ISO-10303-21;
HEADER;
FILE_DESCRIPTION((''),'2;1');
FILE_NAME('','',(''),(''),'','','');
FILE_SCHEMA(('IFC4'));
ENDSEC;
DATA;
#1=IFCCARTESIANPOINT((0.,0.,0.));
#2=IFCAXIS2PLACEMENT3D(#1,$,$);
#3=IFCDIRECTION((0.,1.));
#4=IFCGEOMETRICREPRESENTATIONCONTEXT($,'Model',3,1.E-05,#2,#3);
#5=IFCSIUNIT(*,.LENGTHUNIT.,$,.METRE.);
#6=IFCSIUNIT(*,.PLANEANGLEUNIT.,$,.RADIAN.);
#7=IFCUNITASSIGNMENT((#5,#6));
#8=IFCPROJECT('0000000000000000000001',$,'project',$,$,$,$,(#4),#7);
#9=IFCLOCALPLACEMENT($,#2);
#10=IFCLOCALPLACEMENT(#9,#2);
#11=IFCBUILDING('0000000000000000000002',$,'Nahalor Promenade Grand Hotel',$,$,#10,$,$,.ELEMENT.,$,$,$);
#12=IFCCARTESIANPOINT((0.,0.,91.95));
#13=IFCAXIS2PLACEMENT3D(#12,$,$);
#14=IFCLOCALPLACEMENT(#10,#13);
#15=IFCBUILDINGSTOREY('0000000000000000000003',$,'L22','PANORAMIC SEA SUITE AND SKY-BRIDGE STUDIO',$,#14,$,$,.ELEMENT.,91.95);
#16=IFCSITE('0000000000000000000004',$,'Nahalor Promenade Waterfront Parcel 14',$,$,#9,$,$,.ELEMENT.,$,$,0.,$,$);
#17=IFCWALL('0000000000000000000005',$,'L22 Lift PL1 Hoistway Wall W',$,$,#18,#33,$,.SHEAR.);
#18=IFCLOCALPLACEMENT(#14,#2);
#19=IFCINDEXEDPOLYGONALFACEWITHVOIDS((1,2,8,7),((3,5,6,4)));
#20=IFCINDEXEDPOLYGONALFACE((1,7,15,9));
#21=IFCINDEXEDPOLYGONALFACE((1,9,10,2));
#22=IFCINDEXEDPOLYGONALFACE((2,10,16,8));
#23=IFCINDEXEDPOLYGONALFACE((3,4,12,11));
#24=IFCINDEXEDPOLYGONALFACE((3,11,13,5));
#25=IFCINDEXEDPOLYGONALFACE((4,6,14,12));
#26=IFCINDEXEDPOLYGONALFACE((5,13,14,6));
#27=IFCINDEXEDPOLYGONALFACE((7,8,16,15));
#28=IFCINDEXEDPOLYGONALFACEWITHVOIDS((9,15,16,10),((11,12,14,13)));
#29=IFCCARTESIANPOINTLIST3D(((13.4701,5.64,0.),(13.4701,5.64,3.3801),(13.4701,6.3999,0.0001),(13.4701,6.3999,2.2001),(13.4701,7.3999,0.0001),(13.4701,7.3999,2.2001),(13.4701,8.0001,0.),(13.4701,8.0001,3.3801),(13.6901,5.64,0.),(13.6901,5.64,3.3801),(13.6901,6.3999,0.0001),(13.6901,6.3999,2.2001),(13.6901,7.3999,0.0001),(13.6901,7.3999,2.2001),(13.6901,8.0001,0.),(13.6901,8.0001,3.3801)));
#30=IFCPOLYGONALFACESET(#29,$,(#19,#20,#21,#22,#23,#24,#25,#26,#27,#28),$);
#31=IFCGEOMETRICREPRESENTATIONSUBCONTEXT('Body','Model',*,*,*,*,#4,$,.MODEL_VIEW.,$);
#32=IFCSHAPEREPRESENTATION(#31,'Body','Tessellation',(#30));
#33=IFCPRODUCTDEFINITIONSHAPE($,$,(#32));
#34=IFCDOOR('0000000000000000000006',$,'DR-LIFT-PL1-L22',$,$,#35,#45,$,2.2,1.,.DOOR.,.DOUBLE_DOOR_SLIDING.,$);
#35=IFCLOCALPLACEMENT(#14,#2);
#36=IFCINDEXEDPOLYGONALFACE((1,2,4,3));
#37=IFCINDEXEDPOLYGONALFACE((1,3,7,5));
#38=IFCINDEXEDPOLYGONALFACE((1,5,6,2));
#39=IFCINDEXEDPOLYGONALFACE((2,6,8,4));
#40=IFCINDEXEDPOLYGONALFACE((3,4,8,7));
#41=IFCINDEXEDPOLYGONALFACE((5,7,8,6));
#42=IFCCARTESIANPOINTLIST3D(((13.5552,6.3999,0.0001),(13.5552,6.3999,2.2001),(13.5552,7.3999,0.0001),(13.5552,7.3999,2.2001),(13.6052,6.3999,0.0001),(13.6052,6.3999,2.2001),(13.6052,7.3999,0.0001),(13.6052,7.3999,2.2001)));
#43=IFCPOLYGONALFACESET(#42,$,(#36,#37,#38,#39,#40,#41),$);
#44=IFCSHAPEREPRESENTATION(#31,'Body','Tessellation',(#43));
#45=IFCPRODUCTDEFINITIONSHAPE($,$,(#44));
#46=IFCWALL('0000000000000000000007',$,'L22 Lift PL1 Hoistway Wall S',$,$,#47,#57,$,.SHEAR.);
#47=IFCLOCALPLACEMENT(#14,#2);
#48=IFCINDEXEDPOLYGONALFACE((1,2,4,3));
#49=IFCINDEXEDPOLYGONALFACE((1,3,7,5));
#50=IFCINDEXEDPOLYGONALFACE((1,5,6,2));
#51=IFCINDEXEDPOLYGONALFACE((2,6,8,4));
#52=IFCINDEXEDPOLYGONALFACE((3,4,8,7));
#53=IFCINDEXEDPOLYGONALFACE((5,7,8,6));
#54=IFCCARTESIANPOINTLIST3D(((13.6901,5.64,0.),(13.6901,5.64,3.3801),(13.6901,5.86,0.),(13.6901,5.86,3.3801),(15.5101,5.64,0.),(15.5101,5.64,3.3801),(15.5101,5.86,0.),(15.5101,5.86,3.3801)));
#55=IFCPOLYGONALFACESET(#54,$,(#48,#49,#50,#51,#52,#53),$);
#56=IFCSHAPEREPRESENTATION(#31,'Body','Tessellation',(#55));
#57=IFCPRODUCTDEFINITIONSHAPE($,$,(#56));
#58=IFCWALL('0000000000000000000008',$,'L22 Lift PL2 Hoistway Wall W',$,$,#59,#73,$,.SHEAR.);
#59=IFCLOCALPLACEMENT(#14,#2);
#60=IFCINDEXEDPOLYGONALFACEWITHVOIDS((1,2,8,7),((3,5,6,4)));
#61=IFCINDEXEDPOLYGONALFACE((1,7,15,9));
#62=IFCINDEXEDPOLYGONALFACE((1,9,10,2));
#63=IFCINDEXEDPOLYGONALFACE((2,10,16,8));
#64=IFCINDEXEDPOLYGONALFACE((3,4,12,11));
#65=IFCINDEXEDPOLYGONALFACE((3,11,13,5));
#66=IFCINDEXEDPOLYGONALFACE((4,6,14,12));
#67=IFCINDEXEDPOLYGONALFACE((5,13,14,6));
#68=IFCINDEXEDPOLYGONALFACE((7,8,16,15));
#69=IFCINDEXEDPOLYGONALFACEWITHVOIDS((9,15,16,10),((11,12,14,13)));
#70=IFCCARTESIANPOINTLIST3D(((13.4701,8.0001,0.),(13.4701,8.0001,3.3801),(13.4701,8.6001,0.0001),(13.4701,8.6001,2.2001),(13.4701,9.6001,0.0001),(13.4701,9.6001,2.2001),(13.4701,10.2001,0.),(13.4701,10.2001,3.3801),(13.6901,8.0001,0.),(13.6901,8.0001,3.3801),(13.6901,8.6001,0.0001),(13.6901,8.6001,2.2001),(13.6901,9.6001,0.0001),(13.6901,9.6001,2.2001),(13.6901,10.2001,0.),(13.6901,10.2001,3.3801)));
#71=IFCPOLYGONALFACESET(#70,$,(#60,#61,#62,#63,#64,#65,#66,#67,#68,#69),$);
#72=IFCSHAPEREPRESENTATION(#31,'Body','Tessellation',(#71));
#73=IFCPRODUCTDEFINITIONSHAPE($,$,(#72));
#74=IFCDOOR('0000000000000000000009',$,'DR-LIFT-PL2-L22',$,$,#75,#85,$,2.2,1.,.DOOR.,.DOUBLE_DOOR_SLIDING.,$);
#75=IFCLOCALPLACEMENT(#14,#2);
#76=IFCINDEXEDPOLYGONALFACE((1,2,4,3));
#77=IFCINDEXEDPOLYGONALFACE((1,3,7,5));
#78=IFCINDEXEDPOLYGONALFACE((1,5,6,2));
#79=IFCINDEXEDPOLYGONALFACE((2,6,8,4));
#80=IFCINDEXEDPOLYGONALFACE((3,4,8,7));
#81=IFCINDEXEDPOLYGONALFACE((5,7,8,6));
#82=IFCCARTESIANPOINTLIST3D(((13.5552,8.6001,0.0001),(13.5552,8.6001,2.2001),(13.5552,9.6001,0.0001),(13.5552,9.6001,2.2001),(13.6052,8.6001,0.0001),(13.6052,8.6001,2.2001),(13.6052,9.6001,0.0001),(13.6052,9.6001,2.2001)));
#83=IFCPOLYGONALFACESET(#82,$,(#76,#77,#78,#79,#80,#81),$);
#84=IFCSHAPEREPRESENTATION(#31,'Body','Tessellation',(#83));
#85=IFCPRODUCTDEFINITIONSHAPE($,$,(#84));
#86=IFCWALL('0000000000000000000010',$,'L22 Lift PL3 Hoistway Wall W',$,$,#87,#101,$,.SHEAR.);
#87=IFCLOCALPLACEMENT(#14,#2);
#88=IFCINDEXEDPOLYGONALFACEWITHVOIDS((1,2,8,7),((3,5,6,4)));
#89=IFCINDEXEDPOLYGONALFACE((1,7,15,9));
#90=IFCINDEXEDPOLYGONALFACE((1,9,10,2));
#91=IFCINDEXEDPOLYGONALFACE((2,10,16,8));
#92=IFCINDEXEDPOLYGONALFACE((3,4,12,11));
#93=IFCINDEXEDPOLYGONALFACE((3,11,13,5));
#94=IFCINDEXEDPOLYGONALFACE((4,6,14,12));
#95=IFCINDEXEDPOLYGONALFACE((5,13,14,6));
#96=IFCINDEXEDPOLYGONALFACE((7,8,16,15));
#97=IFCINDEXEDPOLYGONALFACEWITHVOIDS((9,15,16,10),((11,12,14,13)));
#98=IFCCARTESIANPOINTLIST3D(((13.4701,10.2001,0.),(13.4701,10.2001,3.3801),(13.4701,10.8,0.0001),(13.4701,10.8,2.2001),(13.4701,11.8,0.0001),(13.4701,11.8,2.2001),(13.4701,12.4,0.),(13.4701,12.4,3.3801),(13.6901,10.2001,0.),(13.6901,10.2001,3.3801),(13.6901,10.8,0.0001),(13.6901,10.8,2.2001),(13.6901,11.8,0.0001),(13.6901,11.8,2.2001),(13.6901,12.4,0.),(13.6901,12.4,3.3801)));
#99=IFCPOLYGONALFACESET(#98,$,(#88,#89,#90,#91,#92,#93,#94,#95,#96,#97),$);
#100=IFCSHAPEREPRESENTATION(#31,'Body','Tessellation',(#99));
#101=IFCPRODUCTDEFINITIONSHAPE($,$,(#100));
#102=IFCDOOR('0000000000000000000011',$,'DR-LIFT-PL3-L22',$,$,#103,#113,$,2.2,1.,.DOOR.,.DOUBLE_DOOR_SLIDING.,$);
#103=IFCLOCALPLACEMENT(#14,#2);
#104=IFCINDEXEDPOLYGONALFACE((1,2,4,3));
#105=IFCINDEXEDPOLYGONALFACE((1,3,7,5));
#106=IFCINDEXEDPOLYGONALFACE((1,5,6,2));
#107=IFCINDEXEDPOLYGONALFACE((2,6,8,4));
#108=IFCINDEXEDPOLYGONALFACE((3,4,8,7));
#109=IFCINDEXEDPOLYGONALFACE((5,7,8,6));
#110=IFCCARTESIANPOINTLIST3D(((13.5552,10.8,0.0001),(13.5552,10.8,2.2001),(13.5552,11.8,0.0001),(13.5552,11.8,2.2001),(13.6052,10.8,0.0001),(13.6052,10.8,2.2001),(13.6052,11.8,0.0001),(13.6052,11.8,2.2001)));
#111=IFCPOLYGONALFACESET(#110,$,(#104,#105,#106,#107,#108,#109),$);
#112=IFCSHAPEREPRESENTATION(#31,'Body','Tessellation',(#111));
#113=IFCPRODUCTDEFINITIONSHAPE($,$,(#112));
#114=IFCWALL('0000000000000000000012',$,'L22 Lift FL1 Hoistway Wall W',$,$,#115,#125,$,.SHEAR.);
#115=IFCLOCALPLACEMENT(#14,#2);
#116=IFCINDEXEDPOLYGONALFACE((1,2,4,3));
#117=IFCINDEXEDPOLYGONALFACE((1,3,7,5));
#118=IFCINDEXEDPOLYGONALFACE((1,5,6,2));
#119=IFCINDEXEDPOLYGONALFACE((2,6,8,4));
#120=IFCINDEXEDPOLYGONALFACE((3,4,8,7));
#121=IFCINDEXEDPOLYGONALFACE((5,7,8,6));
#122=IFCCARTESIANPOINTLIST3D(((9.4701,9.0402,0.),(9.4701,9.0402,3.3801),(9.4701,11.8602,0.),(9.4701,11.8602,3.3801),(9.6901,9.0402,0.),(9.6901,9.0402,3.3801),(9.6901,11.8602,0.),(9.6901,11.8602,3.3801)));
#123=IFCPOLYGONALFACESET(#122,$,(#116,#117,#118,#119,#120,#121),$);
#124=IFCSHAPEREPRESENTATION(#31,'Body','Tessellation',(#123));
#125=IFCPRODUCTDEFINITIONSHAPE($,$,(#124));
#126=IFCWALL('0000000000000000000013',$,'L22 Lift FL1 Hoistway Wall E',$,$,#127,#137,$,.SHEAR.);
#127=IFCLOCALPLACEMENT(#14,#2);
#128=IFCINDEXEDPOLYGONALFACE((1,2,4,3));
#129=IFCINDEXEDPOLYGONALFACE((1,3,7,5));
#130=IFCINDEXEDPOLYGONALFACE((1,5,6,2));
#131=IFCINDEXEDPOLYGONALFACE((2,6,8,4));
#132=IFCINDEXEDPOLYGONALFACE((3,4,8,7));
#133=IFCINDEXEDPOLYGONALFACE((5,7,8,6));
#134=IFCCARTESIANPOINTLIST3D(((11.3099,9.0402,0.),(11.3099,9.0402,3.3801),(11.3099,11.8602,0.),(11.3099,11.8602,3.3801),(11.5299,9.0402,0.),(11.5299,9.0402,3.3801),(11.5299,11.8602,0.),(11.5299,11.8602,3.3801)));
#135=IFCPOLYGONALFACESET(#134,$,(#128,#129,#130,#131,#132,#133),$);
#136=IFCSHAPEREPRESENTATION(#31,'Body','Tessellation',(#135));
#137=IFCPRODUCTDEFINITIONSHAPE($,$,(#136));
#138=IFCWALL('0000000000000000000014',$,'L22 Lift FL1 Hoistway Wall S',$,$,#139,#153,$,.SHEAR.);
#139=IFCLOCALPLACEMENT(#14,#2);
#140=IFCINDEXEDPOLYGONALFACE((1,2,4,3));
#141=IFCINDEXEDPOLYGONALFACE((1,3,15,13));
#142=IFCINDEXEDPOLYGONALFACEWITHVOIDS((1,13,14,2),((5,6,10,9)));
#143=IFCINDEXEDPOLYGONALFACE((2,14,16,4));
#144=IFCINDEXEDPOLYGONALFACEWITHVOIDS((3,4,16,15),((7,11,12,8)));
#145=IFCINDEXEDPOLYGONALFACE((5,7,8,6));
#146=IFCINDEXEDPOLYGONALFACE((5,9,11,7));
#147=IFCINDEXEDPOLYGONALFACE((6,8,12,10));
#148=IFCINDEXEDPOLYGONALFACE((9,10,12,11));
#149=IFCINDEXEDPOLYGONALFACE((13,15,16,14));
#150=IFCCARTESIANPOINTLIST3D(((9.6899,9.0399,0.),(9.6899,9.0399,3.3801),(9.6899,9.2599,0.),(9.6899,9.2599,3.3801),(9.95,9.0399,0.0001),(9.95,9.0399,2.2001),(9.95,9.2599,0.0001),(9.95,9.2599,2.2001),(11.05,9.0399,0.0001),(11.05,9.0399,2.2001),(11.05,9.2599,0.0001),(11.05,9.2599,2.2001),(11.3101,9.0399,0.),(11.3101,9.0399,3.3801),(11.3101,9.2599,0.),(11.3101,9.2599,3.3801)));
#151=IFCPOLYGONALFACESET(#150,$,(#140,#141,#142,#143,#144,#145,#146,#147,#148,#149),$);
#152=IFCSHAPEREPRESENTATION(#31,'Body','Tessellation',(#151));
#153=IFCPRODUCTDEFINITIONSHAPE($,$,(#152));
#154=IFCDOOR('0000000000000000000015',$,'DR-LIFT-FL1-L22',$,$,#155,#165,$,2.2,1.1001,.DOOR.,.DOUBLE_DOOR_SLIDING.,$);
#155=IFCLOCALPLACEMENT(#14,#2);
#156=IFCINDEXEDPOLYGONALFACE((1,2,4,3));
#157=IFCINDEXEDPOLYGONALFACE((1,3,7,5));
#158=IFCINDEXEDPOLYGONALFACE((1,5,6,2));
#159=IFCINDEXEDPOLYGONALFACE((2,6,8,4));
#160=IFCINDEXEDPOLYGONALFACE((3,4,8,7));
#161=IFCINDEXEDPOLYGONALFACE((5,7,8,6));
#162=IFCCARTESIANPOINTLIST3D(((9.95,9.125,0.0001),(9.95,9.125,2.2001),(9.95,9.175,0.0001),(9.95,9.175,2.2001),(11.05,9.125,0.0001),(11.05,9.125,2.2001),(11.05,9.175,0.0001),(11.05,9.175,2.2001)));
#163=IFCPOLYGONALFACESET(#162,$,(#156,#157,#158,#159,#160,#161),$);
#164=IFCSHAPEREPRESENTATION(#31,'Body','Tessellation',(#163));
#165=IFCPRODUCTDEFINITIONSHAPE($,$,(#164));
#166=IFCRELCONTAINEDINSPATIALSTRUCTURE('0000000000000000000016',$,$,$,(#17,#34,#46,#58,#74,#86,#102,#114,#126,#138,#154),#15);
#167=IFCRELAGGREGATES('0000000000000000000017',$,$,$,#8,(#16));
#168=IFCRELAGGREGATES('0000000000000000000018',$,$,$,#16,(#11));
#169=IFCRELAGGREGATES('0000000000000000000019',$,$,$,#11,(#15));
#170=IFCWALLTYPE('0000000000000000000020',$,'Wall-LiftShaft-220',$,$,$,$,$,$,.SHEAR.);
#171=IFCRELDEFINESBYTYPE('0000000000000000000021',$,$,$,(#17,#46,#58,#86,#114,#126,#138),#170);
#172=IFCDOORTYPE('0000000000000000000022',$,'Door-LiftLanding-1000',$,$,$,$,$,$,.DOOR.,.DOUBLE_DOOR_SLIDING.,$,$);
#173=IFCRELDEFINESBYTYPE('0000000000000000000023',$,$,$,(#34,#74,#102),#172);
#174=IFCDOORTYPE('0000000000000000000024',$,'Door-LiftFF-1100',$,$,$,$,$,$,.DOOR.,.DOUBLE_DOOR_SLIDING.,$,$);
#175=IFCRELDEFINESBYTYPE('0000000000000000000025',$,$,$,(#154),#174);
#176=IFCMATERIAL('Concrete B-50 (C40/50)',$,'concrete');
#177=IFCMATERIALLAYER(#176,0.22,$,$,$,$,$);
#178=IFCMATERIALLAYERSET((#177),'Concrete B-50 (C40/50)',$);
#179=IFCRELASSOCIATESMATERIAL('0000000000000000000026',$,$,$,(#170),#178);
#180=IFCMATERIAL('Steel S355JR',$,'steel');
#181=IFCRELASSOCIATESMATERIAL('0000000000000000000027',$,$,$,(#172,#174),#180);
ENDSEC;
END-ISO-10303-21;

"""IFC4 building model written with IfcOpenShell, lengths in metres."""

from ifc_helpers import new_model, si_unit, direction, frame, frame_2d, origin, place, context, subcontext, project, spatial, rectangle, extrude, source, transform, mapped, material, layer, layer_set, type_object, element, fill, save


model = new_model("IFC4")

# Units and contexts
model_context = context("Model", 3, precision=1e-05, world=origin(), true_north=direction((0.0, 1.0)))
body_context = subcontext(model_context, "Body", "Model", "MODEL_VIEW")
ifc_project = project(units=[si_unit("LENGTHUNIT", "METRE"), si_unit("PLANEANGLEUNIT", "RADIAN")], contexts=[model_context])

# Site, building, storey
site_placement = place(None, origin())
site = spatial("IfcSite", under=ifc_project, at=site_placement, Name="Nahalor Promenade Waterfront Parcel 14", CompositionType="ELEMENT", RefElevation=0.0)
building_placement = place(site_placement, origin())
building = spatial("IfcBuilding", under=site, at=building_placement, Name="Nahalor Promenade Grand Hotel", CompositionType="ELEMENT")
storey_placement = place(building_placement, frame((0.0, 0.0, 91.95)))
storey = spatial("IfcBuildingStorey", under=building, at=storey_placement, Name="L22", Description="PANORAMIC SEA SUITE AND SKY-BRIDGE STUDIO", CompositionType="ELEMENT", Elevation=91.95)

# Shared definitions
ifc_material_1 = material(Name="Steel S355JR", Category="steel")

# Shared definitions
ifc_material_2 = material(Name="Concrete B-50 (C40/50)", Category="concrete")

# Shared definitions
ifc_layer_1 = layer(ifc_material_2, 0.22)
ifc_layer_set_1 = layer_set([ifc_layer_1], Name="Concrete B-50 (C40/50)")
wall_type_1 = type_object("IfcWallType", Name="Wall-LiftShaft-220", PredefinedType="SHEAR", material=ifc_layer_set_1)

# Wall, opening, door
shared_shape_1 = source(origin(), body_context, "Body", "SweptSolid", [
    extrude(rectangle(XDim=2.3601, YDim=0.22, at=frame_2d((1.1802, 0.0))), origin(), (0.0, 0.0, 1.0), 3.3801),
])
wall_1_placement = place(storey_placement, frame((13.5801, 5.6399, 0.0), z_axis=(0.0, 0.0, 1.0), x_axis=(0.0, 1.0, 0.0)))
wall_1 = element("IfcWall", 1, at=wall_1_placement, inside=storey, type_object=wall_type_1, Name="L22 Lift PL1 Hoistway Wall W", PredefinedType="SHEAR", context=body_context, shape_type="MappedRepresentation", body=[
    mapped(shared_shape_1, transform((0.0, 0.0, 0.0), scale=1.0)),
])
opening_1_placement = place(wall_1_placement, frame((0.76, 0.0, 0.0)))
opening_1 = element("IfcOpeningElement", 2, at=opening_1_placement, cuts=wall_1, PredefinedType="OPENING", context=body_context, shape_type="SweptSolid", body=[
    extrude(rectangle(XDim=1.0, YDim=2.2, at=frame_2d((0.5, 1.1001))), frame((0.0, 0.1199, 0.0), z_axis=(0.0, -1.0, 0.0), x_axis=(1.0, 0.0, 0.0)), (0.0, 0.0, 1.0), 0.24),
])
door_type_1 = type_object("IfcDoorType", Name="Door-LiftLanding-1000", OperationType="DOUBLE_DOOR_SLIDING", PredefinedType="DOOR", material=ifc_material_1)
shared_shape_2 = source(origin(), body_context, "Body", "SweptSolid", [
    extrude(rectangle(XDim=1.0, YDim=2.2, at=frame_2d((0.5, 1.1001))), frame((0.0, 0.0249, 0.0), z_axis=(0.0, -1.0, 0.0), x_axis=(1.0, 0.0, 0.0)), (0.0, 0.0, 1.0), 0.05),
])
door_1_placement = place(opening_1_placement, origin())
door_1 = element("IfcDoor", 3, at=door_1_placement, inside=storey, type_object=door_type_1, Name="DR-LIFT-PL1-L22", OperationType="DOUBLE_DOOR_SLIDING", OverallHeight=2.2, OverallWidth=1.0, PredefinedType="DOOR", context=body_context, shape_type="MappedRepresentation", body=[
    mapped(shared_shape_2, transform((0.0, 0.0, 0.0), scale=1.0)),
])
fill(opening_1, door_1)

# Wall
shared_shape_3 = source(origin(), body_context, "Body", "SweptSolid", [
    extrude(rectangle(XDim=1.8201, YDim=0.22, at=frame_2d((0.9102, 0.0))), origin(), (0.0, 0.0, 1.0), 3.3801),
])
wall_2_placement = place(storey_placement, frame((13.6899, 5.75, 0.0), z_axis=(0.0, 0.0, 1.0), x_axis=(1.0, 0.0, 0.0)))
element("IfcWall", 4, at=wall_2_placement, inside=storey, type_object=wall_type_1, Name="L22 Lift PL1 Hoistway Wall S", PredefinedType="SHEAR", context=body_context, shape_type="MappedRepresentation", body=[
    mapped(shared_shape_3, transform((0.0, 0.0, 0.0), scale=1.0)),
])

# Walls, openings, doors
shared_shape_4 = source(origin(), body_context, "Body", "SweptSolid", [
    extrude(rectangle(XDim=2.2, YDim=0.22, at=frame_2d((1.1001, 0.0))), origin(), (0.0, 0.0, 1.0), 3.3801),
])
wall_3_placement = place(storey_placement, frame((13.5801, 8.0, 0.0), z_axis=(0.0, 0.0, 1.0), x_axis=(0.0, 1.0, 0.0)))
wall_3 = element("IfcWall", 5, at=wall_3_placement, inside=storey, type_object=wall_type_1, Name="L22 Lift PL2 Hoistway Wall W", PredefinedType="SHEAR", context=body_context, shape_type="MappedRepresentation", body=[
    mapped(shared_shape_4, transform((0.0, 0.0, 0.0), scale=1.0)),
])
opening_2_placement = place(wall_3_placement, frame((0.6001, 0.0, 0.0)))
opening_2 = element("IfcOpeningElement", 6, at=opening_2_placement, cuts=wall_3, PredefinedType="OPENING", context=body_context, shape_type="SweptSolid", body=[
    extrude(rectangle(XDim=1.0, YDim=2.2, at=frame_2d((0.5, 1.1001))), frame((0.0, 0.1199, 0.0), z_axis=(0.0, -1.0, 0.0), x_axis=(1.0, 0.0, 0.0)), (0.0, 0.0, 1.0), 0.24),
])
door_2_placement = place(opening_2_placement, origin())
door_2 = element("IfcDoor", 7, at=door_2_placement, inside=storey, type_object=door_type_1, Name="DR-LIFT-PL2-L22", OperationType="DOUBLE_DOOR_SLIDING", OverallHeight=2.2, OverallWidth=1.0, PredefinedType="DOOR", context=body_context, shape_type="MappedRepresentation", body=[
    mapped(shared_shape_2, transform((0.0, 0.0, 0.0), scale=1.0)),
])
fill(opening_2, door_2)
wall_4_placement = place(storey_placement, frame((13.5801, 10.2, 0.0), z_axis=(0.0, 0.0, 1.0), x_axis=(0.0, 1.0, 0.0)))
wall_4 = element("IfcWall", 8, at=wall_4_placement, inside=storey, type_object=wall_type_1, Name="L22 Lift PL3 Hoistway Wall W", PredefinedType="SHEAR", context=body_context, shape_type="MappedRepresentation", body=[
    mapped(shared_shape_4, transform((0.0, 0.0, 0.0), scale=1.0)),
])
opening_3_placement = place(wall_4_placement, frame((0.6001, 0.0, 0.0)))
opening_3 = element("IfcOpeningElement", 9, at=opening_3_placement, cuts=wall_4, PredefinedType="OPENING", context=body_context, shape_type="SweptSolid", body=[
    extrude(rectangle(XDim=1.0, YDim=2.2, at=frame_2d((0.5, 1.1001))), frame((0.0, 0.1199, 0.0), z_axis=(0.0, -1.0, 0.0), x_axis=(1.0, 0.0, 0.0)), (0.0, 0.0, 1.0), 0.24),
])
door_3_placement = place(opening_3_placement, origin())
door_3 = element("IfcDoor", 10, at=door_3_placement, inside=storey, type_object=door_type_1, Name="DR-LIFT-PL3-L22", OperationType="DOUBLE_DOOR_SLIDING", OverallHeight=2.2, OverallWidth=1.0, PredefinedType="DOOR", context=body_context, shape_type="MappedRepresentation", body=[
    mapped(shared_shape_2, transform((0.0, 0.0, 0.0), scale=1.0)),
])
fill(opening_3, door_3)

# Walls
shared_shape_5 = source(origin(), body_context, "Body", "SweptSolid", [
    extrude(rectangle(XDim=2.8201, YDim=0.22, at=frame_2d((1.4102, 0.0))), origin(), (0.0, 0.0, 1.0), 3.3801),
])
for number, where, z_axis, x_axis, name in (
    (11, (9.5801, 9.04, 0.0), (0.0, 0.0, 1.0), (0.0, 1.0, 0.0), "L22 Lift FL1 Hoistway Wall W"),
    (12, (11.4199, 9.04, 0.0), (0.0, 0.0, 1.0), (0.0, 1.0, 0.0), "L22 Lift FL1 Hoistway Wall E"),
):
    element("IfcWall", number, at=place(storey_placement, frame(where, z_axis=z_axis, x_axis=x_axis)), inside=storey, type_object=wall_type_1, Name=name, PredefinedType="SHEAR", context=body_context, shape_type="MappedRepresentation", body=[
        mapped(shared_shape_5, transform((0.0, 0.0, 0.0), scale=1.0)),
    ])

# Wall, opening, door
shared_shape_6 = source(origin(), body_context, "Body", "SweptSolid", [
    extrude(rectangle(XDim=1.6201, YDim=0.22, at=frame_2d((0.8101, 0.0))), origin(), (0.0, 0.0, 1.0), 3.3801),
])
wall_5_placement = place(storey_placement, frame((9.6899, 9.1499, 0.0), z_axis=(0.0, 0.0, 1.0), x_axis=(1.0, 0.0, 0.0)))
wall_5 = element("IfcWall", 13, at=wall_5_placement, inside=storey, type_object=wall_type_1, Name="L22 Lift FL1 Hoistway Wall S", PredefinedType="SHEAR", context=body_context, shape_type="MappedRepresentation", body=[
    mapped(shared_shape_6, transform((0.0, 0.0, 0.0), scale=1.0)),
])
opening_4_placement = place(wall_5_placement, frame((0.26, 0.0, 0.0)))
opening_4 = element("IfcOpeningElement", 14, at=opening_4_placement, cuts=wall_5, PredefinedType="OPENING", context=body_context, shape_type="SweptSolid", body=[
    extrude(rectangle(XDim=1.1001, YDim=2.2, at=frame_2d((0.55, 1.1001))), frame((0.0, 0.1199, 0.0), z_axis=(0.0, -1.0, 0.0), x_axis=(1.0, 0.0, 0.0)), (0.0, 0.0, 1.0), 0.24),
])
door_type_2 = type_object("IfcDoorType", Name="Door-LiftFF-1100", OperationType="DOUBLE_DOOR_SLIDING", PredefinedType="DOOR", material=ifc_material_1)
shared_shape_7 = source(origin(), body_context, "Body", "SweptSolid", [
    extrude(rectangle(XDim=1.1001, YDim=2.2, at=frame_2d((0.55, 1.1001))), frame((0.0, 0.0249, 0.0), z_axis=(0.0, -1.0, 0.0), x_axis=(1.0, 0.0, 0.0)), (0.0, 0.0, 1.0), 0.05),
])
door_4_placement = place(opening_4_placement, frame((1.1001, 0.0, 0.0), z_axis=(0.0, 0.0, 1.0), x_axis=(-1.0, 0.0, 0.0)))
door_4 = element("IfcDoor", 15, at=door_4_placement, inside=storey, type_object=door_type_2, Name="DR-LIFT-FL1-L22", OperationType="DOUBLE_DOOR_SLIDING", OverallHeight=2.2, OverallWidth=1.1001, PredefinedType="DOOR", context=body_context, shape_type="MappedRepresentation", body=[
    mapped(shared_shape_7, transform((0.0, 0.0, 0.0), scale=1.0)),
])
fill(opening_4, door_4)

save(model, "model.ifc")
